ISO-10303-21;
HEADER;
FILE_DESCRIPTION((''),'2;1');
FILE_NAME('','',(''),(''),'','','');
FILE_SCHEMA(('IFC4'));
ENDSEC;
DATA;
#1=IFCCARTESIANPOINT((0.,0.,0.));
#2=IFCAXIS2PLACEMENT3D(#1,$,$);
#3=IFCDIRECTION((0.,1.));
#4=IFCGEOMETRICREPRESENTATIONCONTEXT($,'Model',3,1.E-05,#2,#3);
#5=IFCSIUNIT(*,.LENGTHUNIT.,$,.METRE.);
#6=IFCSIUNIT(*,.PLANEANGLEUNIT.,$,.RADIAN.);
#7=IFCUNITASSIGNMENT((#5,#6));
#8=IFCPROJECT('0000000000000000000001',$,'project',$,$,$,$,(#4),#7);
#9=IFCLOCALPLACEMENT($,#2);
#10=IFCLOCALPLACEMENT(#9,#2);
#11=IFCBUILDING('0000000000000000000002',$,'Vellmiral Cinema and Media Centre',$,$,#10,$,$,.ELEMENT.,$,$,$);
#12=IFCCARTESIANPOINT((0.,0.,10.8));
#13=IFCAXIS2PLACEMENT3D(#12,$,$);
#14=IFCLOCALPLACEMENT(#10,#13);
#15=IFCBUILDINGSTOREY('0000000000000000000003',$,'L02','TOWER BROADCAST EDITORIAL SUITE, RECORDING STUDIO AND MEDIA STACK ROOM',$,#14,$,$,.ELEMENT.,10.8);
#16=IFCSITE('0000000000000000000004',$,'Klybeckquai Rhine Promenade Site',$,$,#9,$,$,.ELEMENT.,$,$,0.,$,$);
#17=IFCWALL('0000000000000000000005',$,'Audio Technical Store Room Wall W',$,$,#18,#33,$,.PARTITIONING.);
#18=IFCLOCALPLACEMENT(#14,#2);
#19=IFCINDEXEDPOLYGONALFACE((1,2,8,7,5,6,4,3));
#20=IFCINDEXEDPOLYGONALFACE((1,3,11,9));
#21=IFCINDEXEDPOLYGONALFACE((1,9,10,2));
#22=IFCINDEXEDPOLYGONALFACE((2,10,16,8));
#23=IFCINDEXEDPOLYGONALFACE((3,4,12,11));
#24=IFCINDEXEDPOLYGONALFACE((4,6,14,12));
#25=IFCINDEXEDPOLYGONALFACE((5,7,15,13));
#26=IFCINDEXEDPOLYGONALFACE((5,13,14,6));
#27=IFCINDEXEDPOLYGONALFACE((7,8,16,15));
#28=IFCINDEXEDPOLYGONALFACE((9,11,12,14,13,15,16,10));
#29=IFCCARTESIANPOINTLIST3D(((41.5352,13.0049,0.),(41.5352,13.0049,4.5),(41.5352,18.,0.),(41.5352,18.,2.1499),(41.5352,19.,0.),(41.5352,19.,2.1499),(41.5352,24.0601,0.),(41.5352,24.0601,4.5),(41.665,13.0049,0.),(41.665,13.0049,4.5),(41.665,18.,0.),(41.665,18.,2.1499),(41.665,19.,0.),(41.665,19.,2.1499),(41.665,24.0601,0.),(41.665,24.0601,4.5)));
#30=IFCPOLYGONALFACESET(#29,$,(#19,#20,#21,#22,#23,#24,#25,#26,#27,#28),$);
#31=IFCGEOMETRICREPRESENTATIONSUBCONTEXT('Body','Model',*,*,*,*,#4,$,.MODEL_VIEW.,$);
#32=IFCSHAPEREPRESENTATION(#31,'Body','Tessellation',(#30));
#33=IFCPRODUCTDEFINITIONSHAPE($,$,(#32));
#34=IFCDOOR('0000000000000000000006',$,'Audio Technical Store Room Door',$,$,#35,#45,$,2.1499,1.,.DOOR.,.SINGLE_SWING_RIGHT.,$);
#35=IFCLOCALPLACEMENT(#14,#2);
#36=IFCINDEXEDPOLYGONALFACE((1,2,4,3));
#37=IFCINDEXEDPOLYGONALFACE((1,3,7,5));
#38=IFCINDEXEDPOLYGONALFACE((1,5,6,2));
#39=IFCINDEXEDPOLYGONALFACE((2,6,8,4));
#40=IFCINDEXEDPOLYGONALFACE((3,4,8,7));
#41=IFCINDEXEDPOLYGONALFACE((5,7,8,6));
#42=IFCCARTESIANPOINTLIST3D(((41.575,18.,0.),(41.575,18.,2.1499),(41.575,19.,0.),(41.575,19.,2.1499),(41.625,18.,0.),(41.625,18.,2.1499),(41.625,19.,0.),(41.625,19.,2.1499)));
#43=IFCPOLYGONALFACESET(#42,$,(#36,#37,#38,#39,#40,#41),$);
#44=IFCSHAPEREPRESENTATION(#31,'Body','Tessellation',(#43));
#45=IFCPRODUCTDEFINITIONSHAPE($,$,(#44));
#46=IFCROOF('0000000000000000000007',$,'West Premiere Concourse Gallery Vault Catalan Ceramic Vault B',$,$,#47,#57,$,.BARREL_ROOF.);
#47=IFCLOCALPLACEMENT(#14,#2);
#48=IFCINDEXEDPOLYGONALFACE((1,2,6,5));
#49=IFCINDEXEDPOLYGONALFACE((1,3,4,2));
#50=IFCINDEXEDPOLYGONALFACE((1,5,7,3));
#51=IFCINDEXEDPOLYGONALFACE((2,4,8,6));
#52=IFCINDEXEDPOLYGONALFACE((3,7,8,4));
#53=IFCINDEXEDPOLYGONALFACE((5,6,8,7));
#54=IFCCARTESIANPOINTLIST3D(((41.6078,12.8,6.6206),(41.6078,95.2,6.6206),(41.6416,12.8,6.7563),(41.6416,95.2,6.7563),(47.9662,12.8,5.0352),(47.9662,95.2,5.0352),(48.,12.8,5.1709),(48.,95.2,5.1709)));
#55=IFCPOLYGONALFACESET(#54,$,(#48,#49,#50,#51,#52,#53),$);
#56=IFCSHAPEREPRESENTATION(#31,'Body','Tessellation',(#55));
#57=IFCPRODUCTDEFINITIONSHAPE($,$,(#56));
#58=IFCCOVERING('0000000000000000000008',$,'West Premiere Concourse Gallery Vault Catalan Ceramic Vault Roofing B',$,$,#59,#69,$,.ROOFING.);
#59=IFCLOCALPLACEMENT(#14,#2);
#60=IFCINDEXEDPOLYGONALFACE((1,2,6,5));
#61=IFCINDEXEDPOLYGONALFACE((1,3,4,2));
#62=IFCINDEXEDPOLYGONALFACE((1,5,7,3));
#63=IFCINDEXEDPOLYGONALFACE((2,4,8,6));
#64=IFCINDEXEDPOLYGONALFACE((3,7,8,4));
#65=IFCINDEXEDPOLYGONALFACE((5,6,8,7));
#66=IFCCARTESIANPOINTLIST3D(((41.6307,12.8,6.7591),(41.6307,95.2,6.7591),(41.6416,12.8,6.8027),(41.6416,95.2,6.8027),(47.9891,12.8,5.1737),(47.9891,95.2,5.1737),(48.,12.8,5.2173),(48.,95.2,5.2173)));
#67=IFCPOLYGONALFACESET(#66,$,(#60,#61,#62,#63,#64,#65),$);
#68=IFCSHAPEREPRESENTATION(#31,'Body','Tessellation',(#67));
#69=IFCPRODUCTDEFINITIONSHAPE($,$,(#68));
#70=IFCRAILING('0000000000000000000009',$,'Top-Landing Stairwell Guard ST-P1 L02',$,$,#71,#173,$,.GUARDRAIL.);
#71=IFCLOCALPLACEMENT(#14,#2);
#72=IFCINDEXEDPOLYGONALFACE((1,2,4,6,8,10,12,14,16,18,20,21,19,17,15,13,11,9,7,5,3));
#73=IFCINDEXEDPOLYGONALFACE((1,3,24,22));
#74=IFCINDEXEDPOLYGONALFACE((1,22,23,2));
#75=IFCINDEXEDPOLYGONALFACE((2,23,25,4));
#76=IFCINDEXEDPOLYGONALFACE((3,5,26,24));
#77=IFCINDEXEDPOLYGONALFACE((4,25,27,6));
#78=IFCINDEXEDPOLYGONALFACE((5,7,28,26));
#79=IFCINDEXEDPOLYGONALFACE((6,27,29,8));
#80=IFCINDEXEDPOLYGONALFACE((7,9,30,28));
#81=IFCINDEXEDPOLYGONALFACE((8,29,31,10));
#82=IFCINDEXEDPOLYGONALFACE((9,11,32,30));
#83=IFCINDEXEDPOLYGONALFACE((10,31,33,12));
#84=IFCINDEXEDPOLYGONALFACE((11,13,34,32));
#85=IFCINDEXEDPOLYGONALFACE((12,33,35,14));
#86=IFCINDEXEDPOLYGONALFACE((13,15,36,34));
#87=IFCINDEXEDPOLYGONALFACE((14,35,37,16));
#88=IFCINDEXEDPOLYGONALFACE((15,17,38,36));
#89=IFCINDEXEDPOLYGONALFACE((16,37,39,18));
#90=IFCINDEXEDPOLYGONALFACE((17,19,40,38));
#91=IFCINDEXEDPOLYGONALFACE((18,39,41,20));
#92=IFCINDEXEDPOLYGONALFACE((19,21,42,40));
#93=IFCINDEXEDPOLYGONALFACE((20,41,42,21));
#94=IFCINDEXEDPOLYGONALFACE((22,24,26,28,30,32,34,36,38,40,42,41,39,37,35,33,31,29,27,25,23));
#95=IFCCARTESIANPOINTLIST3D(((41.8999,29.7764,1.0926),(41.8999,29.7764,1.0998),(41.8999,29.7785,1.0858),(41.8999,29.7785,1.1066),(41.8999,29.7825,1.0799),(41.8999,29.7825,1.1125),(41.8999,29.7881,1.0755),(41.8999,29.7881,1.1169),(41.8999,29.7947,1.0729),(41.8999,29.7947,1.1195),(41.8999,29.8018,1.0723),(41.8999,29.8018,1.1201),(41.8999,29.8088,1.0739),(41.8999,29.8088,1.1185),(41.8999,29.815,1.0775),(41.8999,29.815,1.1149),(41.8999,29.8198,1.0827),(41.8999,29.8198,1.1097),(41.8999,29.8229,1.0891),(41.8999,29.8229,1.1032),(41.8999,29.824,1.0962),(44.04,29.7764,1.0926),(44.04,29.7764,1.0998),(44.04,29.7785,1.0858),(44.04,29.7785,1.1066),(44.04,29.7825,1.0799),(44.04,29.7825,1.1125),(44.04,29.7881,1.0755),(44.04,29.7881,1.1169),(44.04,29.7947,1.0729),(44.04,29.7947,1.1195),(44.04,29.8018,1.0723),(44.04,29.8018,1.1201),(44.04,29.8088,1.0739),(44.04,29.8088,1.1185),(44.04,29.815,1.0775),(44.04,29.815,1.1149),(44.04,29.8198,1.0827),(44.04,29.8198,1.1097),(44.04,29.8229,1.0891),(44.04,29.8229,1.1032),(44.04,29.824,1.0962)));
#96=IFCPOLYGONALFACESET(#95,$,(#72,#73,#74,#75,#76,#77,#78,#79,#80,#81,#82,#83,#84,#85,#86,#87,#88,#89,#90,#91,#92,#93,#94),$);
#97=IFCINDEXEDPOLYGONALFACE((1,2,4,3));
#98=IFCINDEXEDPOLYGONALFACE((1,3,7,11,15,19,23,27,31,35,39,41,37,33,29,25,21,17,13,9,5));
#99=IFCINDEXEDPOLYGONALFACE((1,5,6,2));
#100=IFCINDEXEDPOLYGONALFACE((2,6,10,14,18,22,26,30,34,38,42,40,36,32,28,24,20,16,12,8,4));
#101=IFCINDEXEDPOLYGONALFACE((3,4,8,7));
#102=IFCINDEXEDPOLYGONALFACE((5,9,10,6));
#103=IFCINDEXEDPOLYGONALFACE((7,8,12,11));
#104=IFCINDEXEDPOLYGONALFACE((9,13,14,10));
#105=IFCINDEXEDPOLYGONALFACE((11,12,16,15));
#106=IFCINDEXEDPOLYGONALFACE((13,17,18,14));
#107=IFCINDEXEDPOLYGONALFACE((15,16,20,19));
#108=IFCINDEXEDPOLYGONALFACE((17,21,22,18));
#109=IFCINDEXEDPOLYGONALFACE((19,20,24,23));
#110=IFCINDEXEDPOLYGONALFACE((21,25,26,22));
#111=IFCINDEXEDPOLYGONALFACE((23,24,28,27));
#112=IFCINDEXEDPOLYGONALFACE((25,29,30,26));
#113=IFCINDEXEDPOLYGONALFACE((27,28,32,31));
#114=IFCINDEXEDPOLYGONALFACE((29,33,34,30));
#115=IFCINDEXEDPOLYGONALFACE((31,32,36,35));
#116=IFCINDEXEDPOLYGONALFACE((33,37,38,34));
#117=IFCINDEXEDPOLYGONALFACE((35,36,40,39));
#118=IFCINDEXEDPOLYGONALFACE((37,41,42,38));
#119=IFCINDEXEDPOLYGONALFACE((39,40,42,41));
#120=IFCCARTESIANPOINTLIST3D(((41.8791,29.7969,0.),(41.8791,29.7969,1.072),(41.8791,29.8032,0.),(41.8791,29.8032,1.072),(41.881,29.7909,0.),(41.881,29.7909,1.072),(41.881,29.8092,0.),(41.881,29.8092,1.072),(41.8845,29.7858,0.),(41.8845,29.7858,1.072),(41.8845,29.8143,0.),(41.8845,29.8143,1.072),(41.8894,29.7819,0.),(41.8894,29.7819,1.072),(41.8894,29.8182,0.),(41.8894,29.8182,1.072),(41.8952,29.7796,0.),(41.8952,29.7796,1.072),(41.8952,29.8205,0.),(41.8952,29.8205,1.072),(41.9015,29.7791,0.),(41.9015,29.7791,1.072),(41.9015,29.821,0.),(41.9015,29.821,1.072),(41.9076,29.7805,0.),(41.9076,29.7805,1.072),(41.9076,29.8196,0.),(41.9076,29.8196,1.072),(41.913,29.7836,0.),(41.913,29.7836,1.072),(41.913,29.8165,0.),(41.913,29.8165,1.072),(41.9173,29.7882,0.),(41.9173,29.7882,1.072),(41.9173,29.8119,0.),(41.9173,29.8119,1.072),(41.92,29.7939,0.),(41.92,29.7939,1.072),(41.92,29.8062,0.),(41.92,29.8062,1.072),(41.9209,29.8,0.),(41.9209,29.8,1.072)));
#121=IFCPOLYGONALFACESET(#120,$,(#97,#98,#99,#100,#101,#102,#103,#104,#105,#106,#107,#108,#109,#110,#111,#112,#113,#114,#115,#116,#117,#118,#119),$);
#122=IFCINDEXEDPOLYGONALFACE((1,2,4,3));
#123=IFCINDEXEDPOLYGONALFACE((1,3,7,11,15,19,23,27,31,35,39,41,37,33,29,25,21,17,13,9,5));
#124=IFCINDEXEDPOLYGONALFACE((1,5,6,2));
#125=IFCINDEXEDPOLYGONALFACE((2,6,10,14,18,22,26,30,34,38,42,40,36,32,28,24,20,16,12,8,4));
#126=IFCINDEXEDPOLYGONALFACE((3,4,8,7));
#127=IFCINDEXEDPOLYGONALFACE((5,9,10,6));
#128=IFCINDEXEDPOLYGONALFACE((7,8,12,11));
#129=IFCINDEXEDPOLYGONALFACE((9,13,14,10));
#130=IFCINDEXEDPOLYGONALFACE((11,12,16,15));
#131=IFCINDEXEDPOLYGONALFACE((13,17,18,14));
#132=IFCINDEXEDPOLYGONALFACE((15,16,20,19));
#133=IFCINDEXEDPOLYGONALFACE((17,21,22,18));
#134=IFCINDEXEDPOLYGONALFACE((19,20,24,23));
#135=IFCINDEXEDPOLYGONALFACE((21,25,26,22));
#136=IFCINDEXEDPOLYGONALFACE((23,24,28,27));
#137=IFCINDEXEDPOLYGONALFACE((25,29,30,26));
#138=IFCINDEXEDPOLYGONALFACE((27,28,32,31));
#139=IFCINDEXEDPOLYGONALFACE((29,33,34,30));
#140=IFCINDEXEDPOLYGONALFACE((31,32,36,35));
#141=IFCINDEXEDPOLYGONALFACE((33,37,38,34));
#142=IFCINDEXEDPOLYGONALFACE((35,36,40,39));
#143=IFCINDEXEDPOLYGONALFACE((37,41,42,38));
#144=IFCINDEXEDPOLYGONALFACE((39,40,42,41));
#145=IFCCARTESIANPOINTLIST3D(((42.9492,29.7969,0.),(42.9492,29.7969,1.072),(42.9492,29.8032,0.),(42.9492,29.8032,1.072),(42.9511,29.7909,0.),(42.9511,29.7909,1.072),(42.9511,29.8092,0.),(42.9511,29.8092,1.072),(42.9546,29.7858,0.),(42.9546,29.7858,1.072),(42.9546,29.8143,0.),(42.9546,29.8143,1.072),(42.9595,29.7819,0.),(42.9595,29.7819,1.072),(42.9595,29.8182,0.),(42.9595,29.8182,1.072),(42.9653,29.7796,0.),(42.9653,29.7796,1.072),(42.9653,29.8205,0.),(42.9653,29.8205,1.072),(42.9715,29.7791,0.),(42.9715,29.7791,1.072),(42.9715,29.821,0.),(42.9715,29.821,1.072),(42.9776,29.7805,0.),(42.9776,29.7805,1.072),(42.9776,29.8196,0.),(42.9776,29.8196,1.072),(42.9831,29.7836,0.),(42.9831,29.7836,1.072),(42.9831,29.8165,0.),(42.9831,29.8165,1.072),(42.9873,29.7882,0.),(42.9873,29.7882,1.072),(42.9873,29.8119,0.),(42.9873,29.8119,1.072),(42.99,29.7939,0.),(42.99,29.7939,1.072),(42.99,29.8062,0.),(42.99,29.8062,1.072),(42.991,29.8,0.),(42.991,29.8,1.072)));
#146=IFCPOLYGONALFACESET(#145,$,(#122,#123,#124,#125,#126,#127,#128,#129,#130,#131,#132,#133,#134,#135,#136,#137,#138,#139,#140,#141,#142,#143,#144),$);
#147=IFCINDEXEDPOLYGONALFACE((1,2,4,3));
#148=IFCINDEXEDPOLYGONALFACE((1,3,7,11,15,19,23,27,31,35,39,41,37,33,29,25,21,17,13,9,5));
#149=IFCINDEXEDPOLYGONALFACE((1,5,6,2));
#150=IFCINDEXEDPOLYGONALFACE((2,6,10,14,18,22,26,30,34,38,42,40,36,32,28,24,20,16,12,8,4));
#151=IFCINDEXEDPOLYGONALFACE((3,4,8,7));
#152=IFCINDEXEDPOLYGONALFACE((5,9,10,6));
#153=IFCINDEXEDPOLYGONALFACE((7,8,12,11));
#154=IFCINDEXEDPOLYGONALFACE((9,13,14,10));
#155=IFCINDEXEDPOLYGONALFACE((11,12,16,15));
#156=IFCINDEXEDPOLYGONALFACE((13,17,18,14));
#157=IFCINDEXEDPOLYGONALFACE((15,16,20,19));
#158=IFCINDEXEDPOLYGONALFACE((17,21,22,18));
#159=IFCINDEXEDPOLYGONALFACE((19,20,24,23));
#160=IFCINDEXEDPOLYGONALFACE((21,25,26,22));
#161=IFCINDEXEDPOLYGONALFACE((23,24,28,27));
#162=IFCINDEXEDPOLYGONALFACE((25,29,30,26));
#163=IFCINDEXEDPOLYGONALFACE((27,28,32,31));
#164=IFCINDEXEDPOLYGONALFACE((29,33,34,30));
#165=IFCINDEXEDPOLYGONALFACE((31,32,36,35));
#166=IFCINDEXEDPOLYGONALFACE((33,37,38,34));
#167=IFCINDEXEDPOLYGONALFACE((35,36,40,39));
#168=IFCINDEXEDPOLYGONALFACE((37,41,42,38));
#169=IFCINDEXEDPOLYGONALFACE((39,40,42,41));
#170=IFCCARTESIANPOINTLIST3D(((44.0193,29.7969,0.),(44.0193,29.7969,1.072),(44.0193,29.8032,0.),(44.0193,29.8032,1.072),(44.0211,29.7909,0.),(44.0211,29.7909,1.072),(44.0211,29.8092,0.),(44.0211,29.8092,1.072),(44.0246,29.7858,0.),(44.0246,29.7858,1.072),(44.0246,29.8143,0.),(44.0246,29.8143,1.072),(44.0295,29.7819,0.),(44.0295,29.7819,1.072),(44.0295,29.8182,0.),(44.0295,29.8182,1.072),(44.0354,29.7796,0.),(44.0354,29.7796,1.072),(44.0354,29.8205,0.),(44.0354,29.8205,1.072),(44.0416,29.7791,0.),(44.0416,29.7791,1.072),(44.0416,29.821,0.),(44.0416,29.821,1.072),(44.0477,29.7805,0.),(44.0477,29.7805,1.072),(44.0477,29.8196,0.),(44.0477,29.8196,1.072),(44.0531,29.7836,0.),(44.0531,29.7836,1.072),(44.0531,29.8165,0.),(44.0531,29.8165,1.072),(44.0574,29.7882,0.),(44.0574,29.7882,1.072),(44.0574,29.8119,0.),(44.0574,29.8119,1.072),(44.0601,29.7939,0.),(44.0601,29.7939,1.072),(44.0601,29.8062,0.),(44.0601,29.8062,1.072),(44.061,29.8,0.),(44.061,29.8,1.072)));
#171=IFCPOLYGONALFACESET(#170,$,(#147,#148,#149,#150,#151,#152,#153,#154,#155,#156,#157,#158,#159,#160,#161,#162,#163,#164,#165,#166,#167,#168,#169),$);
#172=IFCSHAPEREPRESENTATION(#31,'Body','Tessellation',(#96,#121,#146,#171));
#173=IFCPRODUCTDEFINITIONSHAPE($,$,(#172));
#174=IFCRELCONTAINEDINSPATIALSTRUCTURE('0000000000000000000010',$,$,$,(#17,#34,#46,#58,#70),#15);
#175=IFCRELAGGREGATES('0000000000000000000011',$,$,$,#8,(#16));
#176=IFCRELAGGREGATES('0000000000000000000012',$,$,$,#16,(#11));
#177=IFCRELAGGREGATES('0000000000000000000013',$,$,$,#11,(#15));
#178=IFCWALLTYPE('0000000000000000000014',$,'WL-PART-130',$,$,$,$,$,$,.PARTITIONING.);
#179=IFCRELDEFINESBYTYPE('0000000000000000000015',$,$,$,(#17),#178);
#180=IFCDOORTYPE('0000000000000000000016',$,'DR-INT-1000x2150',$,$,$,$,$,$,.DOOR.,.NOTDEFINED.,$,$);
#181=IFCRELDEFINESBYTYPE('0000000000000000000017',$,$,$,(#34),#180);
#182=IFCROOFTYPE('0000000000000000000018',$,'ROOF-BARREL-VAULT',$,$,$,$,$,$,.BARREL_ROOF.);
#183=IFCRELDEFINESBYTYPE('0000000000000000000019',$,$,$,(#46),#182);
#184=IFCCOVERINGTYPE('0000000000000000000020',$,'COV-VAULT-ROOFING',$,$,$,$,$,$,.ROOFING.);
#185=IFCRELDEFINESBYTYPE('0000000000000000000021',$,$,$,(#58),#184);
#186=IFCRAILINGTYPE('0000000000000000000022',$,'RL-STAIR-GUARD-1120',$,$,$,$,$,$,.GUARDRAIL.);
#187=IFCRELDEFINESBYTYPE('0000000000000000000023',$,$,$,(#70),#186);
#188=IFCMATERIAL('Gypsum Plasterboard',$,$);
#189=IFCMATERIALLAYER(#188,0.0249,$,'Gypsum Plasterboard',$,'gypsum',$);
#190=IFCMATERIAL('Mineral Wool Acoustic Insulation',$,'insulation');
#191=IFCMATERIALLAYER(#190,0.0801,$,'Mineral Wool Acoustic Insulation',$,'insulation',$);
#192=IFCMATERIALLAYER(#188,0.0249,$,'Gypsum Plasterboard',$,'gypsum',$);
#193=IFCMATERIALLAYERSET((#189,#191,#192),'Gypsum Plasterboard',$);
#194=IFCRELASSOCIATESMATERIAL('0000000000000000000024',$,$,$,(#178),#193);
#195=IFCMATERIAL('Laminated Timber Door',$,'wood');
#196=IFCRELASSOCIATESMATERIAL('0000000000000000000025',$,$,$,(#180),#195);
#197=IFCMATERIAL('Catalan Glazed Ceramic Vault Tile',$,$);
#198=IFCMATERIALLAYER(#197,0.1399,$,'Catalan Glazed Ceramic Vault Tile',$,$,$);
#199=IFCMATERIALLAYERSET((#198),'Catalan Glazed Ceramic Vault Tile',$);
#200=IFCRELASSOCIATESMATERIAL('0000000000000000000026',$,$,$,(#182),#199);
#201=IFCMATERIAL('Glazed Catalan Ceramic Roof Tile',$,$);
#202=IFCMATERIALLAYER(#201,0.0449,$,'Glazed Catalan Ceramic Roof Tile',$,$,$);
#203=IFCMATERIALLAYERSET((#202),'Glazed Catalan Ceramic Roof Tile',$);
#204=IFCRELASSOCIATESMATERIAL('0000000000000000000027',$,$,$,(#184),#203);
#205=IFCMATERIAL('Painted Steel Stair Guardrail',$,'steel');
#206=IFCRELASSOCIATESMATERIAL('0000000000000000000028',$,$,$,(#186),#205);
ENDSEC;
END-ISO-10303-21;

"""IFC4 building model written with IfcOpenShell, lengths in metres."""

from ifc_helpers import new_model, si_unit, direction, frame, frame_2d, origin, origin_2d, place, context, subcontext, project, spatial, polyline, rectangle, circle, outline, extrude, material, layer, layer_set, type_object, element, fill, save


model = new_model("IFC4")

# Units and contexts
model_context = context("Model", 3, precision=1e-05, world=origin(), true_north=direction((0.0, 1.0)))
body_context = subcontext(model_context, "Body", "Model", "MODEL_VIEW")
ifc_project = project(units=[si_unit("LENGTHUNIT", "METRE"), si_unit("PLANEANGLEUNIT", "RADIAN")], contexts=[model_context])

# Site, building, storey
site_placement = place(None, origin())
site = spatial("IfcSite", under=ifc_project, at=site_placement, Name="Klybeckquai Rhine Promenade Site", CompositionType="ELEMENT", RefElevation=0.0)
building_placement = place(site_placement, origin())
building = spatial("IfcBuilding", under=site, at=building_placement, Name="Vellmiral Cinema and Media Centre", CompositionType="ELEMENT")
storey_placement = place(building_placement, frame((0.0, 0.0, 10.8)))
storey = spatial("IfcBuildingStorey", under=building, at=storey_placement, Name="L02", Description="TOWER BROADCAST EDITORIAL SUITE, RECORDING STUDIO AND MEDIA STACK ROOM", CompositionType="ELEMENT", Elevation=10.8)

# Wall, opening, door
ifc_material_1 = material(Name="Gypsum Plasterboard")
ifc_layer_1 = layer(ifc_material_1, 0.0249, Name="Gypsum Plasterboard", Category="gypsum")
ifc_material_2 = material(Name="Mineral Wool Acoustic Insulation", Category="insulation")
ifc_layer_2 = layer(ifc_material_2, 0.0801, Name="Mineral Wool Acoustic Insulation", Category="insulation")
ifc_layer_3 = layer(ifc_material_1, 0.0249, Name="Gypsum Plasterboard", Category="gypsum")
ifc_layer_set_1 = layer_set([ifc_layer_1, ifc_layer_2, ifc_layer_3], Name="Gypsum Plasterboard")
wall_type_1 = type_object("IfcWallType", Name="WL-PART-130", PredefinedType="PARTITIONING", material=ifc_layer_set_1)
wall_1_placement = place(storey_placement, frame((41.6001, 13.0049, 0.0), z_axis=(0.0, 0.0, 1.0), x_axis=(0.0, 1.0, 0.0)))
wall_1 = element("IfcWall", 1, at=wall_1_placement, inside=storey, type_object=wall_type_1, Name="Audio Technical Store Room Wall W", PredefinedType="PARTITIONING", context=body_context, shape_type="SweptSolid", body=[
    extrude(rectangle(XDim=11.0552, YDim=0.1299, at=frame_2d((5.5276, 0.0))), origin(), (0.0, 0.0, 1.0), 4.5),
])
opening_1_placement = place(wall_1_placement, frame((4.9951, 0.0, 0.0)))
opening_1 = element("IfcOpeningElement", 2, at=opening_1_placement, cuts=wall_1, PredefinedType="OPENING", context=body_context, shape_type="SweptSolid", body=[
    extrude(rectangle(XDim=1.0, YDim=2.1499, at=frame_2d((0.5, 1.075))), frame((0.0, 0.0769, 0.0), z_axis=(0.0, -1.0, 0.0), x_axis=(1.0, 0.0, 0.0)), (0.0, 0.0, 1.0), 0.1538),
])
ifc_material_3 = material(Name="Laminated Timber Door", Category="wood")
door_type_1 = type_object("IfcDoorType", Name="DR-INT-1000x2150", OperationType="NOTDEFINED", PredefinedType="DOOR", material=ifc_material_3)
door_1_placement = place(opening_1_placement, frame((1.0, 0.0, 0.0), z_axis=(0.0, 0.0, 1.0), x_axis=(-1.0, 0.0, 0.0)))
door_1 = element("IfcDoor", 3, at=door_1_placement, inside=storey, type_object=door_type_1, Name="Audio Technical Store Room Door", OperationType="SINGLE_SWING_RIGHT", OverallHeight=2.1499, OverallWidth=1.0, PredefinedType="DOOR", context=body_context, shape_type="SweptSolid", body=[
    extrude(rectangle(XDim=1.0, YDim=2.1499, at=frame_2d((0.5, 1.075))), frame((0.0, 0.0249, 0.0), z_axis=(0.0, -1.0, 0.0), x_axis=(1.0, 0.0, 0.0)), (0.0, 0.0, 1.0), 0.05),
])
fill(opening_1, door_1)

# Roof
ifc_material_4 = material(Name="Catalan Glazed Ceramic Vault Tile")
ifc_layer_4 = layer(ifc_material_4, 0.1399, Name="Catalan Glazed Ceramic Vault Tile")
ifc_layer_set_2 = layer_set([ifc_layer_4], Name="Catalan Glazed Ceramic Vault Tile")
roof_type = type_object("IfcRoofType", Name="ROOF-BARREL-VAULT", PredefinedType="BARREL_ROOF", material=ifc_layer_set_2)
roof_placement = place(storey_placement, frame((41.6416, 12.8, 6.7563), z_axis=(0.241939, 0.0, 0.970291), x_axis=(0.970291, 0.0, -0.241939)))
element("IfcRoof", 4, at=roof_placement, inside=storey, type_object=roof_type, Name="West Premiere Concourse Gallery Vault Catalan Ceramic Vault B", PredefinedType="BARREL_ROOF", context=body_context, shape_type="SweptSolid", body=[
    extrude(outline(polyline([(0.0, 0.0), (6.5531, 0.0), (6.5531, 82.3999), (0.0, 82.3999), (0.0, 0.0)])), origin(), (0.0, 0.0, -1.0), 0.1399),
])

# Covering
ifc_material_5 = material(Name="Glazed Catalan Ceramic Roof Tile")
ifc_layer_5 = layer(ifc_material_5, 0.0449, Name="Glazed Catalan Ceramic Roof Tile")
ifc_layer_set_3 = layer_set([ifc_layer_5], Name="Glazed Catalan Ceramic Roof Tile")
covering_type = type_object("IfcCoveringType", Name="COV-VAULT-ROOFING", PredefinedType="ROOFING", material=ifc_layer_set_3)
covering_placement = place(storey_placement, frame((41.6416, 12.8, 6.8027), z_axis=(0.241939, 0.0, 0.970291), x_axis=(0.970291, 0.0, -0.241939)))
element("IfcCovering", 5, at=covering_placement, inside=storey, type_object=covering_type, Name="West Premiere Concourse Gallery Vault Catalan Ceramic Vault Roofing B", PredefinedType="ROOFING", context=body_context, shape_type="SweptSolid", body=[
    extrude(outline(polyline([(0.0, 0.0), (6.5531, 0.0), (6.5531, 82.3999), (0.0, 82.3999), (0.0, 0.0)])), origin(), (0.0, 0.0, -1.0), 0.0449),
])

# Railing
ifc_material_6 = material(Name="Painted Steel Stair Guardrail", Category="steel")
railing_type = type_object("IfcRailingType", Name="RL-STAIR-GUARD-1120", PredefinedType="GUARDRAIL", material=ifc_material_6)
railing_placement = place(storey_placement, frame((41.8999, 29.8, 0.0)))
element("IfcRailing", 6, at=railing_placement, inside=storey, type_object=railing_type, Name="Top-Landing Stairwell Guard ST-P1 L02", PredefinedType="GUARDRAIL", context=body_context, shape_type="SweptSolid", body=[
    extrude(circle(Radius=0.0239, at=origin_2d()), frame((0.0, 0.0, 1.0962), z_axis=(1.0, 0.0, 0.0), x_axis=(0.0, 1.0, 0.0)), (0.0, 0.0, 1.0), 2.1401),
    extrude(circle(Radius=0.021, at=origin_2d()), origin(), (0.0, 0.0, 1.0), 1.072),
    extrude(circle(Radius=0.021, at=origin_2d()), frame((1.0701, 0.0, 0.0)), (0.0, 0.0, 1.0), 1.072),
    extrude(circle(Radius=0.021, at=origin_2d()), frame((2.1401, 0.0, 0.0)), (0.0, 0.0, 1.0), 1.072),
])

save(model, "model.ifc")
